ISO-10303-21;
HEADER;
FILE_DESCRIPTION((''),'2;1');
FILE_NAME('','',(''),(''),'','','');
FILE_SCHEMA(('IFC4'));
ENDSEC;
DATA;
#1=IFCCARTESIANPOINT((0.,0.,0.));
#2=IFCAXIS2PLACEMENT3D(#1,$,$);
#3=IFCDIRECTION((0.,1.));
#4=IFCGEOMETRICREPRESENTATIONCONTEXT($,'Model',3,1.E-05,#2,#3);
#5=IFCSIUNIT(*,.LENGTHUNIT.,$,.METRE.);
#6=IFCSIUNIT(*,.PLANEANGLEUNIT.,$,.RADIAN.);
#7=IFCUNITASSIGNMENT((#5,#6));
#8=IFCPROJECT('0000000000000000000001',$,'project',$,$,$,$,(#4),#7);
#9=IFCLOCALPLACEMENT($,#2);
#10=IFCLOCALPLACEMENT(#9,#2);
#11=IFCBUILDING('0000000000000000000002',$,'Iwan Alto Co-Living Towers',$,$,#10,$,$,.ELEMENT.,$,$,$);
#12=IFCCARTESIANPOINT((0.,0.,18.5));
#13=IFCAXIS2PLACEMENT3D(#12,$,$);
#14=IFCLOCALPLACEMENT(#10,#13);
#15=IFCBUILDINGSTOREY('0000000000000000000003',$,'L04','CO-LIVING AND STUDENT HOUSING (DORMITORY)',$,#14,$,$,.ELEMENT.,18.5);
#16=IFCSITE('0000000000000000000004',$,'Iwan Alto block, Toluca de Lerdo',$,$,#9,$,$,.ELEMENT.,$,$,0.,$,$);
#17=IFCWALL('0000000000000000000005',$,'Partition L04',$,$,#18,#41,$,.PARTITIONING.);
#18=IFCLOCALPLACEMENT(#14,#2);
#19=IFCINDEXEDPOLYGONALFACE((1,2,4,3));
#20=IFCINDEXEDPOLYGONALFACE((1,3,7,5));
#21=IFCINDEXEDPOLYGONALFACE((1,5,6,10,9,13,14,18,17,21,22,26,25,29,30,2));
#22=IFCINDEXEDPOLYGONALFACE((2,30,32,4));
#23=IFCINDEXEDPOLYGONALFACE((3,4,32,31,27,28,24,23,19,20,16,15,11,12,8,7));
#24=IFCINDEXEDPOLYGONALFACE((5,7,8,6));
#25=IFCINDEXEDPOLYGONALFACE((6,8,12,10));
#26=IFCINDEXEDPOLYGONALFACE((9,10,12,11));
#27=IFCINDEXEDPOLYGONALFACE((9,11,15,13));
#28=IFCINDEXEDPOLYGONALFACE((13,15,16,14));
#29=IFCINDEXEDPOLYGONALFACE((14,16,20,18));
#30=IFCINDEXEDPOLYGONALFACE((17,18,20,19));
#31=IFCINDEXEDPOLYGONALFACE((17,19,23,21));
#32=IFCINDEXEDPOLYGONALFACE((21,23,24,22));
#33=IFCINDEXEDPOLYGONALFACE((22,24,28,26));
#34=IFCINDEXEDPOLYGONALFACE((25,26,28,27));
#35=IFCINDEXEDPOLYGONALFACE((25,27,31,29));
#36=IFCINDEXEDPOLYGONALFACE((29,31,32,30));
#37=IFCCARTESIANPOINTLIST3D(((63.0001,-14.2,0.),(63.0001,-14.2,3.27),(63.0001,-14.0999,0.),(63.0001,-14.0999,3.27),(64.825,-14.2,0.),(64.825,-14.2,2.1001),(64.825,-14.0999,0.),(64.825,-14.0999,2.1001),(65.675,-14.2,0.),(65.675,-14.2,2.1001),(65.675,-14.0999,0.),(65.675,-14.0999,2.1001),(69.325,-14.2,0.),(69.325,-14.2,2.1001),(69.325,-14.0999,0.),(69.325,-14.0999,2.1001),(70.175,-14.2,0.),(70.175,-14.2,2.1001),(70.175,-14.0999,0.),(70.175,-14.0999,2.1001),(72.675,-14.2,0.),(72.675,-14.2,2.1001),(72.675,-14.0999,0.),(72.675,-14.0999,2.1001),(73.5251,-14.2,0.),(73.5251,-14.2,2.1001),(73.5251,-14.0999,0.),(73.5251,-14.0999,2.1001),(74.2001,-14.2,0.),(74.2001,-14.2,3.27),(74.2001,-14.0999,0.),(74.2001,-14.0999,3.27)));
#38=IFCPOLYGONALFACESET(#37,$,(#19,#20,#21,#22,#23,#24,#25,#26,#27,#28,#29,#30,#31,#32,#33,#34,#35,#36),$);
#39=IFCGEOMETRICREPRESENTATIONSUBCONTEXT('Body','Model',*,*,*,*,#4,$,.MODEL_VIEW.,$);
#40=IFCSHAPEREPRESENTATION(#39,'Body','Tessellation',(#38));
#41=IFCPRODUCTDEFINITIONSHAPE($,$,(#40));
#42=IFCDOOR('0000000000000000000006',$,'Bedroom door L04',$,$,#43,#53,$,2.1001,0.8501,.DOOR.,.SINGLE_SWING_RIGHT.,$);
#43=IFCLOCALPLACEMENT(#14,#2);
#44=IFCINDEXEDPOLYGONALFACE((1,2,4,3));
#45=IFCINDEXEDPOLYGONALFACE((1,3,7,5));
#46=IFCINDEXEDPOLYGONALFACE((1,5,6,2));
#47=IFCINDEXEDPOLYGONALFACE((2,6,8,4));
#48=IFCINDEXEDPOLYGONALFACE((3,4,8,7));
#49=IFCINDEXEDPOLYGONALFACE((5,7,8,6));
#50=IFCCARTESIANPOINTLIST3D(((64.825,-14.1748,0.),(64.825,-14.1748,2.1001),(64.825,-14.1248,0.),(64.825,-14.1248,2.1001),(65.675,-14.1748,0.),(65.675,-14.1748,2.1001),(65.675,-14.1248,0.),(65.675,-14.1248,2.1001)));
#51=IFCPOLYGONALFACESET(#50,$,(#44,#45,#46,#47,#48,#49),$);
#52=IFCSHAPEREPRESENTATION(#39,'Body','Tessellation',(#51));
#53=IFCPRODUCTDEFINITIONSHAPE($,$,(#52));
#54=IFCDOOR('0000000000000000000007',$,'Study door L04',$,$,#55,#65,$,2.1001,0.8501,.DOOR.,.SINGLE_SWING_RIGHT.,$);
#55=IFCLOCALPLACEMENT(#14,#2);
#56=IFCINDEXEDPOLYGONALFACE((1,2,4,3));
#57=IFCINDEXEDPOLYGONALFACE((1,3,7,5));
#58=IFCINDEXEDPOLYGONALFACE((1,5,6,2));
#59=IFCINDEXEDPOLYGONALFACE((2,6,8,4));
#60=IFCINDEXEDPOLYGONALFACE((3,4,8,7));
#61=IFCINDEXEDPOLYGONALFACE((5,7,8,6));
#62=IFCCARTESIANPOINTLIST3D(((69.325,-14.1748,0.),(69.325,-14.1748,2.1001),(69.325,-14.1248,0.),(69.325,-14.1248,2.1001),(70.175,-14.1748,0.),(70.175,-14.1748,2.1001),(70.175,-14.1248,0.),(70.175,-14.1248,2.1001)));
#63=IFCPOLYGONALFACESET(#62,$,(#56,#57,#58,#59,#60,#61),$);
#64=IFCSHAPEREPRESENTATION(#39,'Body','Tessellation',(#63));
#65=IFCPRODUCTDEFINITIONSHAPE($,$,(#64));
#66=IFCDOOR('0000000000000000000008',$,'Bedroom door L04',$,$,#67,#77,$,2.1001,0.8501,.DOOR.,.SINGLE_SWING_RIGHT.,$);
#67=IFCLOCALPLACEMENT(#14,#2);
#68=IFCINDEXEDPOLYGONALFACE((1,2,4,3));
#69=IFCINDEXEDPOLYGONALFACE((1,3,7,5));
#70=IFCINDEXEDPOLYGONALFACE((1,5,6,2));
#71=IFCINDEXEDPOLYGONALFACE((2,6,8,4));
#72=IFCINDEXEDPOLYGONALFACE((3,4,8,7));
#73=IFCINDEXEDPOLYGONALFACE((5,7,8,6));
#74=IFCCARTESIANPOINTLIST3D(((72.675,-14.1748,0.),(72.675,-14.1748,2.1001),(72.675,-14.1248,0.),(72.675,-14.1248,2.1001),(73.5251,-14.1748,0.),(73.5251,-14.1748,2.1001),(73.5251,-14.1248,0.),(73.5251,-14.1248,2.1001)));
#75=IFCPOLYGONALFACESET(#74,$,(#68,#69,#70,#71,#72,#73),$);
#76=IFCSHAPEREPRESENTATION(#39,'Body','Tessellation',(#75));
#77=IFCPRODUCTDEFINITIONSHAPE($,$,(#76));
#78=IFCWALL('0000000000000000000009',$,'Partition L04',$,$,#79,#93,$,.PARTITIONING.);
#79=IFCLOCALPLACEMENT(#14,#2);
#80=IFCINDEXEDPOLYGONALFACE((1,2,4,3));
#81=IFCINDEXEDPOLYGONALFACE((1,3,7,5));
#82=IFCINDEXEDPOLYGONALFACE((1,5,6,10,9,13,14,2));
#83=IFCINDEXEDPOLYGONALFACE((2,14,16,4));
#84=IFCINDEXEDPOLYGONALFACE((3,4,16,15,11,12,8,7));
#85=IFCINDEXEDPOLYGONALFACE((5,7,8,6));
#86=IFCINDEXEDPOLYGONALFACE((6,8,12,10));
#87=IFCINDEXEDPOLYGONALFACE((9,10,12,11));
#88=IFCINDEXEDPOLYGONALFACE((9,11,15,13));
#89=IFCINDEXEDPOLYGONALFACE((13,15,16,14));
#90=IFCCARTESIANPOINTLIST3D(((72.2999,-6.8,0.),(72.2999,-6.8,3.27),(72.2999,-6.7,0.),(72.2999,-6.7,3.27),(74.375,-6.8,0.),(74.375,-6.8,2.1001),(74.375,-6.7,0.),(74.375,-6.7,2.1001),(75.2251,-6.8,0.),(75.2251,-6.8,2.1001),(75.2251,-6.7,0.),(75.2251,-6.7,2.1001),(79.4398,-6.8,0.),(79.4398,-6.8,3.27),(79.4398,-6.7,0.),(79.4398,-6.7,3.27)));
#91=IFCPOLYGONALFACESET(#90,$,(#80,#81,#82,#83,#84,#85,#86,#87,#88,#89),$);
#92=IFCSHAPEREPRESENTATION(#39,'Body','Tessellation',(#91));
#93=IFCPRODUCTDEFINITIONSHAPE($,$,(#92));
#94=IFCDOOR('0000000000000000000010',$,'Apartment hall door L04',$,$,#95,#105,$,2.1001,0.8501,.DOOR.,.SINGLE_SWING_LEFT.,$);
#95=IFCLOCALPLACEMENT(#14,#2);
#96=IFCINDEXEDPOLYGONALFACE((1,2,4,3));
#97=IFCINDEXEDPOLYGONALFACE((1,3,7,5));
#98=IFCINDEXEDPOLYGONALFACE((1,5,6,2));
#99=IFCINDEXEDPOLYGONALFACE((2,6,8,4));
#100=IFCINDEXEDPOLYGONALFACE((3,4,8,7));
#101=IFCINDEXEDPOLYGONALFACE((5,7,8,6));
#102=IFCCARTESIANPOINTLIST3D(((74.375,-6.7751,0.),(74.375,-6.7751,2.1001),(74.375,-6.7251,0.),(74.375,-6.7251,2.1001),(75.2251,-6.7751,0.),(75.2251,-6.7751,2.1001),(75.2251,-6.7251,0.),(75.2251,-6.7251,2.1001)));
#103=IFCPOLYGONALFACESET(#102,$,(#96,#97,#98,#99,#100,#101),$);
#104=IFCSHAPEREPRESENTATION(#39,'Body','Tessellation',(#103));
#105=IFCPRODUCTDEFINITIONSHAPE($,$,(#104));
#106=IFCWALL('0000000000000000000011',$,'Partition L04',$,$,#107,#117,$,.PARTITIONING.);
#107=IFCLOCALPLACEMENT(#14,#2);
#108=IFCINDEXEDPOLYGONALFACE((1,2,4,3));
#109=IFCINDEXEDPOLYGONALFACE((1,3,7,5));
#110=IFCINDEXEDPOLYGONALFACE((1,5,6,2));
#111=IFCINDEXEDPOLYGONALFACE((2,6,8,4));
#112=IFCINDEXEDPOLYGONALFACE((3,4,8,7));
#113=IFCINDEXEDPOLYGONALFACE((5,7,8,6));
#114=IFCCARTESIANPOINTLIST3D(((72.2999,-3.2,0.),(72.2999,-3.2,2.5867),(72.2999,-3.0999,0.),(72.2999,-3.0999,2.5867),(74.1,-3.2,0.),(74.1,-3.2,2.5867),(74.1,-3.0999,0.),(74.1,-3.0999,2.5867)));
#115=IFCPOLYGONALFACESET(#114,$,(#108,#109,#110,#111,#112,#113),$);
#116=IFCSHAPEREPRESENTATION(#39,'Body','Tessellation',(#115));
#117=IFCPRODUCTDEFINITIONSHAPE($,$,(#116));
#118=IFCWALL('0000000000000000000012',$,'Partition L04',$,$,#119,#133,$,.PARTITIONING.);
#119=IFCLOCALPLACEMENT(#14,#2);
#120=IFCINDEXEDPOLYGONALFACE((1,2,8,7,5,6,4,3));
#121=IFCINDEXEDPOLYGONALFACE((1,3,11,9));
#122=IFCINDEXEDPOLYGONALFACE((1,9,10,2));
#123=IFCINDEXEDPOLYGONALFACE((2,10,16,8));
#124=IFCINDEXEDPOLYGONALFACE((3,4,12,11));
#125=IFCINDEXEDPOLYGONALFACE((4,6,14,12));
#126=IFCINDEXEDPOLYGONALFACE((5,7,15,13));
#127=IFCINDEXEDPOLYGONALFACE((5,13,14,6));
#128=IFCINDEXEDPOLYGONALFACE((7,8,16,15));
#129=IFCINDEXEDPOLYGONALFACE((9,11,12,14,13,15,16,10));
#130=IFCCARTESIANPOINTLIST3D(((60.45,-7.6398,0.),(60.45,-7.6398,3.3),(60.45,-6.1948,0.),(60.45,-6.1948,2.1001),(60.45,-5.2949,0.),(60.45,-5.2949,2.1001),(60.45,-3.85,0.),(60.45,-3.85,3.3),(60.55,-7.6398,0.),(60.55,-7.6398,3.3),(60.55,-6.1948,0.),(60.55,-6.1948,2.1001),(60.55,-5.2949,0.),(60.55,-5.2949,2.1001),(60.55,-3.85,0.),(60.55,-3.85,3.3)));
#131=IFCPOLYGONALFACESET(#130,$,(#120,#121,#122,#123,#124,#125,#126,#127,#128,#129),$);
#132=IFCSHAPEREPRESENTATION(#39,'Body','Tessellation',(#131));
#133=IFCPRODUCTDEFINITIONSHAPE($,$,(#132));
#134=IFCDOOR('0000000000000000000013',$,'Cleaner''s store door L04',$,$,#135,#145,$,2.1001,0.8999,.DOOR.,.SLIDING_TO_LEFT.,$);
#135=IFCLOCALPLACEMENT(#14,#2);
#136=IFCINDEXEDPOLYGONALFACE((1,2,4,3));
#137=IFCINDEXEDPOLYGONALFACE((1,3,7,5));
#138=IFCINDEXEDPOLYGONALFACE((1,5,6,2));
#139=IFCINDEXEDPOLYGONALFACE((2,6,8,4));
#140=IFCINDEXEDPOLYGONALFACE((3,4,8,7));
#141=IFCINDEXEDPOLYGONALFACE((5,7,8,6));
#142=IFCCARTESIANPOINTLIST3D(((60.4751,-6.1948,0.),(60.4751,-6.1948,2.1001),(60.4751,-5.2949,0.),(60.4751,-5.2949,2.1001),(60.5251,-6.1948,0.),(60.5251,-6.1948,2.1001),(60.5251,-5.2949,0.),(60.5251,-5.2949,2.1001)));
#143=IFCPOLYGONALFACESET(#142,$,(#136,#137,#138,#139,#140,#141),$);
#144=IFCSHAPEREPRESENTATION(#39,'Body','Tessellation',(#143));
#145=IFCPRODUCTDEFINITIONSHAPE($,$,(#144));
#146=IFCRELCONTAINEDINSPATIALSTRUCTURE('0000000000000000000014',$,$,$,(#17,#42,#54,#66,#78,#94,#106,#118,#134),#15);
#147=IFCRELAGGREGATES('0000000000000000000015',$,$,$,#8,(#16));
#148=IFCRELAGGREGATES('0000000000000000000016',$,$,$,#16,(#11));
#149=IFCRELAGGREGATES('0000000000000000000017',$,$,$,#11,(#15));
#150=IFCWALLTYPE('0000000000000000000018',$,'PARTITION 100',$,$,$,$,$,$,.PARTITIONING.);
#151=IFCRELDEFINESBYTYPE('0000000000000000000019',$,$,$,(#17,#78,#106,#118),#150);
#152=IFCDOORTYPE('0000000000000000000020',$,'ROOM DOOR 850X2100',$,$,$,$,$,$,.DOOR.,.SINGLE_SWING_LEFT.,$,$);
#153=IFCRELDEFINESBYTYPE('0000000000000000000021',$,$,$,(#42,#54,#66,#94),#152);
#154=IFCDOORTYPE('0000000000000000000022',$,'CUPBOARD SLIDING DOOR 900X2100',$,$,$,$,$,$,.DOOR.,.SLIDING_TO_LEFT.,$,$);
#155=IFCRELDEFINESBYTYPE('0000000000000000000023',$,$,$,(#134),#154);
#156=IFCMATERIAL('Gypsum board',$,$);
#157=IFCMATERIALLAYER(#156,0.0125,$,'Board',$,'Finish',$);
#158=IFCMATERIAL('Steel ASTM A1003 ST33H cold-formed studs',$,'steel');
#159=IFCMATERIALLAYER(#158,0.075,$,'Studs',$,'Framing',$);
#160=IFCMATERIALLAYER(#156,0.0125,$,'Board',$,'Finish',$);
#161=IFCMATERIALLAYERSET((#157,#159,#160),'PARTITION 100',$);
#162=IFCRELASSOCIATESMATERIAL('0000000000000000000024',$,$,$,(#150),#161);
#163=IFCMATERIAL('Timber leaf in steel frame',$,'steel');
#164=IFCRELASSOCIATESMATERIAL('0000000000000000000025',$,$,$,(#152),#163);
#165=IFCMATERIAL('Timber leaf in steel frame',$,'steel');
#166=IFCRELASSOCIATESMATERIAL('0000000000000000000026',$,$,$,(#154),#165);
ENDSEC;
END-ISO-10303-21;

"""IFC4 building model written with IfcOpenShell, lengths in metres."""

from ifc_helpers import new_model, si_unit, direction, frame, frame_2d, origin, place, context, subcontext, project, spatial, rectangle, extrude, material, layer, layer_set, type_object, element, fill, save


model = new_model("IFC4")

# Units and contexts
model_context = context("Model", 3, precision=1e-05, world=origin(), true_north=direction((0.0, 1.0)))
body_context = subcontext(model_context, "Body", "Model", "MODEL_VIEW")
ifc_project = project(units=[si_unit("LENGTHUNIT", "METRE"), si_unit("PLANEANGLEUNIT", "RADIAN")], contexts=[model_context])

# Site, building, storey
site_placement = place(None, origin())
site = spatial("IfcSite", under=ifc_project, at=site_placement, Name="Iwan Alto block, Toluca de Lerdo", CompositionType="ELEMENT", RefElevation=0.0)
building_placement = place(site_placement, origin())
building = spatial("IfcBuilding", under=site, at=building_placement, Name="Iwan Alto Co-Living Towers", CompositionType="ELEMENT")
storey_placement = place(building_placement, frame((0.0, 0.0, 18.5)))
storey = spatial("IfcBuildingStorey", under=building, at=storey_placement, Name="L04", Description="CO-LIVING AND STUDENT HOUSING (DORMITORY)", CompositionType="ELEMENT", Elevation=18.5)

# Shared definitions
ifc_material_1 = material(Name="Gypsum board")
ifc_material_2 = material(Name="Steel ASTM A1003 ST33H cold-formed studs", Category="steel")

# Wall, openings, doors
ifc_layer_1 = layer(ifc_material_1, 0.0125, Name="Board", Category="Finish")
ifc_layer_2 = layer(ifc_material_2, 0.075, Name="Studs", Category="Framing")
ifc_layer_3 = layer(ifc_material_1, 0.0125, Name="Board", Category="Finish")
ifc_layer_set_1 = layer_set([ifc_layer_1, ifc_layer_2, ifc_layer_3], Name="PARTITION 100")
wall_type_1 = type_object("IfcWallType", Name="PARTITION 100", PredefinedType="PARTITIONING", material=ifc_layer_set_1)
wall_1_placement = place(storey_placement, frame((63.0, -14.1499, 0.0), z_axis=(0.0, 0.0, 1.0), x_axis=(1.0, 0.0, 0.0)))
wall_1 = element("IfcWall", 1, at=wall_1_placement, inside=storey, type_object=wall_type_1, Name="Partition L04", PredefinedType="PARTITIONING", context=body_context, shape_type="SweptSolid", body=[
    extrude(rectangle(XDim=11.2, YDim=0.1001, at=frame_2d((5.6001, 0.0))), origin(), (0.0, 0.0, 1.0), 3.27),
])
opening_1_placement = place(wall_1_placement, frame((1.825, 0.0, 0.0)))
opening_1 = element("IfcOpeningElement", 2, at=opening_1_placement, cuts=wall_1, PredefinedType="OPENING", context=body_context, shape_type="SweptSolid", body=[
    extrude(rectangle(XDim=0.8501, YDim=2.1001, at=frame_2d((0.425, 1.05))), frame((0.0, 0.0601, 0.0), z_axis=(0.0, -1.0, 0.0), x_axis=(1.0, 0.0, 0.0)), (0.0, 0.0, 1.0), 0.1201),
])
opening_2_placement = place(wall_1_placement, frame((6.325, 0.0, 0.0)))
opening_2 = element("IfcOpeningElement", 3, at=opening_2_placement, cuts=wall_1, PredefinedType="OPENING", context=body_context, shape_type="SweptSolid", body=[
    extrude(rectangle(XDim=0.8501, YDim=2.1001, at=frame_2d((0.425, 1.05))), frame((0.0, 0.0601, 0.0), z_axis=(0.0, -1.0, 0.0), x_axis=(1.0, 0.0, 0.0)), (0.0, 0.0, 1.0), 0.1201),
])
opening_3_placement = place(wall_1_placement, frame((9.675, 0.0, 0.0)))
opening_3 = element("IfcOpeningElement", 4, at=opening_3_placement, cuts=wall_1, PredefinedType="OPENING", context=body_context, shape_type="SweptSolid", body=[
    extrude(rectangle(XDim=0.8501, YDim=2.1001, at=frame_2d((0.425, 1.05))), frame((0.0, 0.0601, 0.0), z_axis=(0.0, -1.0, 0.0), x_axis=(1.0, 0.0, 0.0)), (0.0, 0.0, 1.0), 0.1201),
])
ifc_material_3 = material(Name="Timber leaf in steel frame", Category="steel")
door_type_1 = type_object("IfcDoorType", Name="ROOM DOOR 850X2100", OperationType="SINGLE_SWING_LEFT", PredefinedType="DOOR", material=ifc_material_3)
door_1_placement = place(opening_1_placement, frame((0.8501, 0.0, 0.0), z_axis=(0.0, 0.0, 1.0), x_axis=(-1.0, 0.0, 0.0)))
door_1 = element("IfcDoor", 5, at=door_1_placement, inside=storey, type_object=door_type_1, Name="Bedroom door L04", OperationType="SINGLE_SWING_RIGHT", OverallHeight=2.1001, OverallWidth=0.8501, PredefinedType="DOOR", context=body_context, shape_type="SweptSolid", body=[
    extrude(rectangle(XDim=0.8501, YDim=2.1001, at=frame_2d((0.425, 1.05))), frame((0.0, 0.0249, 0.0), z_axis=(0.0, -1.0, 0.0), x_axis=(1.0, 0.0, 0.0)), (0.0, 0.0, 1.0), 0.05),
])
fill(opening_1, door_1)
door_2_placement = place(opening_2_placement, frame((0.8501, 0.0, 0.0), z_axis=(0.0, 0.0, 1.0), x_axis=(-1.0, 0.0, 0.0)))
door_2 = element("IfcDoor", 6, at=door_2_placement, inside=storey, type_object=door_type_1, Name="Study door L04", OperationType="SINGLE_SWING_RIGHT", OverallHeight=2.1001, OverallWidth=0.8501, PredefinedType="DOOR", context=body_context, shape_type="SweptSolid", body=[
    extrude(rectangle(XDim=0.8501, YDim=2.1001, at=frame_2d((0.425, 1.05))), frame((0.0, 0.0249, 0.0), z_axis=(0.0, -1.0, 0.0), x_axis=(1.0, 0.0, 0.0)), (0.0, 0.0, 1.0), 0.05),
])
fill(opening_2, door_2)
door_3_placement = place(opening_3_placement, frame((0.8501, 0.0, 0.0), z_axis=(0.0, 0.0, 1.0), x_axis=(-1.0, 0.0, 0.0)))
door_3 = element("IfcDoor", 7, at=door_3_placement, inside=storey, type_object=door_type_1, Name="Bedroom door L04", OperationType="SINGLE_SWING_RIGHT", OverallHeight=2.1001, OverallWidth=0.8501, PredefinedType="DOOR", context=body_context, shape_type="SweptSolid", body=[
    extrude(rectangle(XDim=0.8501, YDim=2.1001, at=frame_2d((0.425, 1.05))), frame((0.0, 0.0249, 0.0), z_axis=(0.0, -1.0, 0.0), x_axis=(1.0, 0.0, 0.0)), (0.0, 0.0, 1.0), 0.05),
])
fill(opening_3, door_3)

# Wall, opening, door
wall_2_placement = place(storey_placement, frame((72.3, -6.75, 0.0), z_axis=(0.0, 0.0, 1.0), x_axis=(1.0, 0.0, 0.0)))
wall_2 = element("IfcWall", 8, at=wall_2_placement, inside=storey, type_object=wall_type_1, Name="Partition L04", PredefinedType="PARTITIONING", context=body_context, shape_type="SweptSolid", body=[
    extrude(rectangle(XDim=7.1399, YDim=0.1001, at=frame_2d((3.5698, 0.0))), origin(), (0.0, 0.0, 1.0), 3.27),
])
opening_4_placement = place(wall_2_placement, frame((2.075, 0.0, 0.0)))
opening_4 = element("IfcOpeningElement", 9, at=opening_4_placement, cuts=wall_2, PredefinedType="OPENING", context=body_context, shape_type="SweptSolid", body=[
    extrude(rectangle(XDim=0.8501, YDim=2.1001, at=frame_2d((0.425, 1.05))), frame((0.0, 0.0601, 0.0), z_axis=(0.0, -1.0, 0.0), x_axis=(1.0, 0.0, 0.0)), (0.0, 0.0, 1.0), 0.1201),
])
door_4_placement = place(opening_4_placement, origin())
door_4 = element("IfcDoor", 10, at=door_4_placement, inside=storey, type_object=door_type_1, Name="Apartment hall door L04", OperationType="SINGLE_SWING_LEFT", OverallHeight=2.1001, OverallWidth=0.8501, PredefinedType="DOOR", context=body_context, shape_type="SweptSolid", body=[
    extrude(rectangle(XDim=0.8501, YDim=2.1001, at=frame_2d((0.425, 1.05))), frame((0.0, 0.0249, 0.0), z_axis=(0.0, -1.0, 0.0), x_axis=(1.0, 0.0, 0.0)), (0.0, 0.0, 1.0), 0.05),
])
fill(opening_4, door_4)

# Wall
wall_3_placement = place(storey_placement, frame((72.3, -3.1499, 0.0), z_axis=(0.0, 0.0, 1.0), x_axis=(1.0, 0.0, 0.0)))
element("IfcWall", 11, at=wall_3_placement, inside=storey, type_object=wall_type_1, Name="Partition L04", PredefinedType="PARTITIONING", context=body_context, shape_type="SweptSolid", body=[
    extrude(rectangle(XDim=1.8, YDim=0.1001, at=frame_2d((0.8999, 0.0))), origin(), (0.0, 0.0, 1.0), 2.5867),
])

# Wall, opening, door
wall_4_placement = place(storey_placement, frame((60.5, -7.6399, 0.0), z_axis=(0.0, 0.0, 1.0), x_axis=(0.0, 1.0, 0.0)))
wall_4 = element("IfcWall", 12, at=wall_4_placement, inside=storey, type_object=wall_type_1, Name="Partition L04", PredefinedType="PARTITIONING", context=body_context, shape_type="SweptSolid", body=[
    extrude(rectangle(XDim=3.7898, YDim=0.1001, at=frame_2d((1.895, 0.0))), origin(), (0.0, 0.0, 1.0), 3.3),
])
opening_5_placement = place(wall_4_placement, frame((1.4451, 0.0, 0.0)))
opening_5 = element("IfcOpeningElement", 13, at=opening_5_placement, cuts=wall_4, PredefinedType="OPENING", context=body_context, shape_type="SweptSolid", body=[
    extrude(rectangle(XDim=0.8999, YDim=2.1001, at=frame_2d((0.45, 1.05))), frame((0.0, 0.0601, 0.0), z_axis=(0.0, -1.0, 0.0), x_axis=(1.0, 0.0, 0.0)), (0.0, 0.0, 1.0), 0.1201),
])
ifc_material_4 = material(Name="Timber leaf in steel frame", Category="steel")
door_type_2 = type_object("IfcDoorType", Name="CUPBOARD SLIDING DOOR 900X2100", OperationType="SLIDING_TO_LEFT", PredefinedType="DOOR", material=ifc_material_4)
door_5_placement = place(opening_5_placement, origin())
door_5 = element("IfcDoor", 14, at=door_5_placement, inside=storey, type_object=door_type_2, Name="Cleaner's store door L04", OperationType="SLIDING_TO_LEFT", OverallHeight=2.1001, OverallWidth=0.8999, PredefinedType="DOOR", context=body_context, shape_type="SweptSolid", body=[
    extrude(rectangle(XDim=0.8999, YDim=2.1001, at=frame_2d((0.45, 1.05))), frame((0.0, 0.0249, 0.0), z_axis=(0.0, -1.0, 0.0), x_axis=(1.0, 0.0, 0.0)), (0.0, 0.0, 1.0), 0.05),
])
fill(opening_5, door_5)

save(model, "model.ifc")
